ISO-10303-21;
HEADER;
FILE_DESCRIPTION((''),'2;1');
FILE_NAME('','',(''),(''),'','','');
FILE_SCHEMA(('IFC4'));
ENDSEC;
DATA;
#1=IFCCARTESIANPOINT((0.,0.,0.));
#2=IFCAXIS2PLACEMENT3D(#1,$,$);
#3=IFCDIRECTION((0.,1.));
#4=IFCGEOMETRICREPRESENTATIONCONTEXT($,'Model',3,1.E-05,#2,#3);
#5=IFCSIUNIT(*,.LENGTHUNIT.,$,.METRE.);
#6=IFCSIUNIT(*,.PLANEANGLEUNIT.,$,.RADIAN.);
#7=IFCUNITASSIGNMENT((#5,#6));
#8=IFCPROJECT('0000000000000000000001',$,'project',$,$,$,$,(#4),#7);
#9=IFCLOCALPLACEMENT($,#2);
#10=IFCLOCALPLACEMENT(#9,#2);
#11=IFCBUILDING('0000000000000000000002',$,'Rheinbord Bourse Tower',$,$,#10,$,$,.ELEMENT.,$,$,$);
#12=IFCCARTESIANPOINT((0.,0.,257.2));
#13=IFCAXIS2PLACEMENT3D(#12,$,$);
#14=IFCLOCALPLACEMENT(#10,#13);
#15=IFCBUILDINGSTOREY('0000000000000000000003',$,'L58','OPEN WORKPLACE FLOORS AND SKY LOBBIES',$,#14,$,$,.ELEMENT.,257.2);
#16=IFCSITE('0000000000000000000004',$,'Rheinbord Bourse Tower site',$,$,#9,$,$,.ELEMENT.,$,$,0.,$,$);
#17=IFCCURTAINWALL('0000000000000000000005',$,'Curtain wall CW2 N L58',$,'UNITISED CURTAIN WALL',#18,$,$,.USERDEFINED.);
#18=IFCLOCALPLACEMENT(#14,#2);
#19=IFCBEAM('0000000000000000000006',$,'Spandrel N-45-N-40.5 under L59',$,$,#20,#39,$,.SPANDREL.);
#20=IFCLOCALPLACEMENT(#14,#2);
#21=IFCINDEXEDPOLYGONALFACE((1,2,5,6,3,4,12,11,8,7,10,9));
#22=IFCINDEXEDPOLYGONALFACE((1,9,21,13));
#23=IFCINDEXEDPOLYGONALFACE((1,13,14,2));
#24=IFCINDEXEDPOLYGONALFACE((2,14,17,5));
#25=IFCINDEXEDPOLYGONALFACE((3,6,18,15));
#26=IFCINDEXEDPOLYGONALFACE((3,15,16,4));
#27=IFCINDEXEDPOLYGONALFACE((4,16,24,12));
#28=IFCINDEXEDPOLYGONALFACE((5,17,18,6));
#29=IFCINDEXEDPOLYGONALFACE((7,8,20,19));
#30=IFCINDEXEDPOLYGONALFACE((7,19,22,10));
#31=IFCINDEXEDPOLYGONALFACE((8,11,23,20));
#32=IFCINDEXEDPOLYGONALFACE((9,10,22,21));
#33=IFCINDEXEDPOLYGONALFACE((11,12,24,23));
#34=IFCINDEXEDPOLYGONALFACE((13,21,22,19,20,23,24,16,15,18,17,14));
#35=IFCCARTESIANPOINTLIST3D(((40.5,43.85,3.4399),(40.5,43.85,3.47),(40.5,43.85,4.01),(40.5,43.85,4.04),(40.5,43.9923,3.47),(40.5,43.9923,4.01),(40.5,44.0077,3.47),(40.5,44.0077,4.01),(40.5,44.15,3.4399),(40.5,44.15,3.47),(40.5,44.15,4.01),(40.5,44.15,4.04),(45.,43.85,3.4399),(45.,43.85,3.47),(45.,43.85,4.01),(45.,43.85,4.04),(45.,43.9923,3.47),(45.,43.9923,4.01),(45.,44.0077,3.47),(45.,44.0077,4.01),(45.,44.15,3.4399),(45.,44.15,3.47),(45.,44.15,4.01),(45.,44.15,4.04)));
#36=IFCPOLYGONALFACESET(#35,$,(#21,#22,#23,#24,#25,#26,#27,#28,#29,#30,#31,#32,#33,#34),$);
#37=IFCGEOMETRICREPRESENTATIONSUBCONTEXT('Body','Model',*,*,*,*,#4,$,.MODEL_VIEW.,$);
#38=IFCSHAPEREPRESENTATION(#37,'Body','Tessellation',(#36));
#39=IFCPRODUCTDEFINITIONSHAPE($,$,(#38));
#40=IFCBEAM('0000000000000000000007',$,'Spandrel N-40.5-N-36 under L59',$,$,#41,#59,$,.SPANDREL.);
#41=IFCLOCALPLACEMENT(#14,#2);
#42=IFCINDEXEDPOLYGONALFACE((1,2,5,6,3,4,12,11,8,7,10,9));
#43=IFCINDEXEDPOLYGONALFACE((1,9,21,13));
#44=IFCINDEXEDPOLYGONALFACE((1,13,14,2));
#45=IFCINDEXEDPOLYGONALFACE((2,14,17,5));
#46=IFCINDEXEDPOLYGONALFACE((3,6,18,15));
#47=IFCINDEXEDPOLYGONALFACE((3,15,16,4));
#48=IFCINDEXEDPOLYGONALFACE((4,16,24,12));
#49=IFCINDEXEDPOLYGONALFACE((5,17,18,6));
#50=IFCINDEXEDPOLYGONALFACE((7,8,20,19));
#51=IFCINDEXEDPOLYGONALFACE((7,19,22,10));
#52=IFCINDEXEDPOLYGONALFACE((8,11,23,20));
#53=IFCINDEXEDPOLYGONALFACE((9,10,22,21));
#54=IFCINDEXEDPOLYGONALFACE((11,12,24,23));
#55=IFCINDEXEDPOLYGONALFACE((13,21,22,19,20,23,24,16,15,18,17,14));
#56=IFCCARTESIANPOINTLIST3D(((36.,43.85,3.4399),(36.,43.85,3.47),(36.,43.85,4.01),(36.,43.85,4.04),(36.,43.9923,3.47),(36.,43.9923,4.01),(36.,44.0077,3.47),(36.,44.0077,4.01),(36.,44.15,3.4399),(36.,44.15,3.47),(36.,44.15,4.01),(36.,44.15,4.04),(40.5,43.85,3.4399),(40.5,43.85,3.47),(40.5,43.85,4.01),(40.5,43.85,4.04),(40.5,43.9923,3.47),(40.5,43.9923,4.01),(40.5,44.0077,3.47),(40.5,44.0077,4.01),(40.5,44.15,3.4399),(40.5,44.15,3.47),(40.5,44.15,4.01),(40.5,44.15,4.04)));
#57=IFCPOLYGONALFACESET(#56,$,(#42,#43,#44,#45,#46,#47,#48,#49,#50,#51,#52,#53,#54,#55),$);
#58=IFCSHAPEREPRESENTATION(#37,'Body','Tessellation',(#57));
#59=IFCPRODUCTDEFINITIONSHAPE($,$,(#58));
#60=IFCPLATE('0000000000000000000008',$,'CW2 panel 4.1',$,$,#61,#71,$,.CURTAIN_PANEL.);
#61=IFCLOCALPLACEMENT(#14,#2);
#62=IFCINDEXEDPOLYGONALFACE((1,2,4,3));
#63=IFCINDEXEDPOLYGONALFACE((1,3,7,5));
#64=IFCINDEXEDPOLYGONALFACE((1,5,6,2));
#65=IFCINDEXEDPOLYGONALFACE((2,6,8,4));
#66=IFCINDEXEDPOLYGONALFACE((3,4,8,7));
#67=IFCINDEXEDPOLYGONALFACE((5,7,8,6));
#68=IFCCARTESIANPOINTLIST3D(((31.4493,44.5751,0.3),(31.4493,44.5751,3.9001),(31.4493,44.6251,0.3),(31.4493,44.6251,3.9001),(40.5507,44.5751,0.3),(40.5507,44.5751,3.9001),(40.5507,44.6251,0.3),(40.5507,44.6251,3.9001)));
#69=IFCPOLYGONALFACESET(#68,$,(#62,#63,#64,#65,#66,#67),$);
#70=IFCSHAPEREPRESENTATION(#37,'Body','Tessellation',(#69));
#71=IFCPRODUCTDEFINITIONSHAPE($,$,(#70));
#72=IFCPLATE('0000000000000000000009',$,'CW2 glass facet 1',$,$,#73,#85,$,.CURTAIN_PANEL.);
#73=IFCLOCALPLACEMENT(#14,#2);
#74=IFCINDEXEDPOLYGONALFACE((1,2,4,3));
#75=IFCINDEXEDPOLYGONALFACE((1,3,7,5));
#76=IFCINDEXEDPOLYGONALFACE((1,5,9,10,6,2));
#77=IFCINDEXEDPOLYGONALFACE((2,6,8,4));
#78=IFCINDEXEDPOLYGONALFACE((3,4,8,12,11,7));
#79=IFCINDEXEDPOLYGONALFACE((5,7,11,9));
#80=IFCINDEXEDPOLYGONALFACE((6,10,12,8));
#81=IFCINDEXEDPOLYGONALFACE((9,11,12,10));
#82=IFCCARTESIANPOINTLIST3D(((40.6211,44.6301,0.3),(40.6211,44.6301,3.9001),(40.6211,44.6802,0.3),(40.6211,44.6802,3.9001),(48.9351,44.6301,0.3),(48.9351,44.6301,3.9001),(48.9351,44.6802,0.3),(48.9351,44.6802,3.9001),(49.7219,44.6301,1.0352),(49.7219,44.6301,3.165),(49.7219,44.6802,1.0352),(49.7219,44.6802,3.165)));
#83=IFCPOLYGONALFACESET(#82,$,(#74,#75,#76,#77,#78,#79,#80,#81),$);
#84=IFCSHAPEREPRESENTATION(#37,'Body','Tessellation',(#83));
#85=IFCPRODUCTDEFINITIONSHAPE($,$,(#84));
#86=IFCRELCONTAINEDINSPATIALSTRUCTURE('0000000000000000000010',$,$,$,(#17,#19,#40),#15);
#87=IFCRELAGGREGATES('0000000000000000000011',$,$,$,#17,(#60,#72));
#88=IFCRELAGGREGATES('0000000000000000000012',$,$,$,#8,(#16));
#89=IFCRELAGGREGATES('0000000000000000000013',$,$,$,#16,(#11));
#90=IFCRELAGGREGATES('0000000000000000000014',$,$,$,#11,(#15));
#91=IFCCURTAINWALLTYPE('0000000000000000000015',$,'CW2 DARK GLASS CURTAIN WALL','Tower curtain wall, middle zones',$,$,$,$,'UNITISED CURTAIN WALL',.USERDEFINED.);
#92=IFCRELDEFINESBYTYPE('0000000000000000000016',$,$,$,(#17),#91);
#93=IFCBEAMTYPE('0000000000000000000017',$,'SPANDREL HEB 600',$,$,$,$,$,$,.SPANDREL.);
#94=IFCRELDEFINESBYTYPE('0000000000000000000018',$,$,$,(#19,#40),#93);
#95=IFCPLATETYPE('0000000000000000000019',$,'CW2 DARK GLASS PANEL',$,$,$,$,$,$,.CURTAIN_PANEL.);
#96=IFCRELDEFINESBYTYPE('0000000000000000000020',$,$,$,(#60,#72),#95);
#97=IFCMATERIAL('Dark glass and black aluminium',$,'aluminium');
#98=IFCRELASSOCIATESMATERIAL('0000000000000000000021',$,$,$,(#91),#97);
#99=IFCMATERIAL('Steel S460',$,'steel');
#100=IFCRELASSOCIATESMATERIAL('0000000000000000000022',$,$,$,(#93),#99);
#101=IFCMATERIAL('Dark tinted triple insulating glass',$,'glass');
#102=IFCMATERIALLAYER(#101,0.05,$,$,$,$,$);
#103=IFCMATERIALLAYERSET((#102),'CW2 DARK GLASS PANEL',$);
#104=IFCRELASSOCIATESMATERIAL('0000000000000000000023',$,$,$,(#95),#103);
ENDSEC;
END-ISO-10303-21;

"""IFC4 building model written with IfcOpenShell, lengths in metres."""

from ifc_helpers import new_model, si_unit, direction, frame, origin, origin_2d, place, context, subcontext, project, spatial, polyline, rectangle, i_section, outline, extrude, material, layer, layer_set, material_profile, profile_set, type_object, element, aggregate, save


model = new_model("IFC4")

# Units and contexts
model_context = context("Model", 3, precision=1e-05, world=origin(), true_north=direction((0.0, 1.0)))
body_context = subcontext(model_context, "Body", "Model", "MODEL_VIEW")
ifc_project = project(units=[si_unit("LENGTHUNIT", "METRE"), si_unit("PLANEANGLEUNIT", "RADIAN")], contexts=[model_context])

# Site, building, storey
site_placement = place(None, origin())
site = spatial("IfcSite", under=ifc_project, at=site_placement, Name="Rheinbord Bourse Tower site", CompositionType="ELEMENT", RefElevation=0.0)
building_placement = place(site_placement, origin())
building = spatial("IfcBuilding", under=site, at=building_placement, Name="Rheinbord Bourse Tower", CompositionType="ELEMENT")
storey_placement = place(building_placement, frame((0.0, 0.0, 257.2)))
storey = spatial("IfcBuildingStorey", under=building, at=storey_placement, Name="L58", Description="OPEN WORKPLACE FLOORS AND SKY LOBBIES", CompositionType="ELEMENT", Elevation=257.2)

# Curtain wall
ifc_material_1 = material(Name="Dark glass and black aluminium", Category="aluminium")
curtain_wall_type = type_object("IfcCurtainWallType", Name="CW2 DARK GLASS CURTAIN WALL", Description="Tower curtain wall, middle zones", ElementType="UNITISED CURTAIN WALL", PredefinedType="USERDEFINED", material=ifc_material_1)
curtain_wall_placement = place(storey_placement, origin())
curtain_wall = element("IfcCurtainWall", 1, at=curtain_wall_placement, inside=storey, type_object=curtain_wall_type, Name="Curtain wall CW2 N L58", ObjectType="UNITISED CURTAIN WALL", PredefinedType="USERDEFINED")

# Beams
ifc_material_2 = material(Name="Steel S460", Category="steel")
ifc_material_profile_1 = material_profile(ifc_material_2, i_section(OverallWidth=0.3, OverallDepth=0.6001, WebThickness=0.0154, FlangeThickness=0.03, at=origin_2d()), Name="HEB 600")
ifc_profile_set_1 = profile_set([ifc_material_profile_1], Name="Steel S460")
beam_type_1 = type_object("IfcBeamType", Name="SPANDREL HEB 600", PredefinedType="SPANDREL", material=ifc_profile_set_1)
for number, where, z_axis, x_axis, name in (
    (2, (45.0, 44.0, 3.74), (-1.0, 0.0, 0.0), (0.0, -1.0, 0.0), "Spandrel N-45-N-40.5 under L59"),
    (3, (40.5, 44.0, 3.74), (-1.0, 0.0, 0.0), (0.0, -1.0, 0.0), "Spandrel N-40.5-N-36 under L59"),
):
    element("IfcBeam", number, at=place(storey_placement, frame(where, z_axis=z_axis, x_axis=x_axis)), inside=storey, type_object=beam_type_1, Name=name, PredefinedType="SPANDREL", context=body_context, shape_type="SweptSolid", body=[
        extrude(i_section(OverallWidth=0.3, OverallDepth=0.6001, WebThickness=0.0154, FlangeThickness=0.03, at=origin_2d()), origin(), (0.0, 0.0, 1.0), 4.5),
    ])

# Plates
ifc_material_3 = material(Name="Dark tinted triple insulating glass", Category="glass")
ifc_layer_1 = layer(ifc_material_3, 0.05)
ifc_layer_set_1 = layer_set([ifc_layer_1], Name="CW2 DARK GLASS PANEL")
plate_type = type_object("IfcPlateType", Name="CW2 DARK GLASS PANEL", PredefinedType="CURTAIN_PANEL", material=ifc_layer_set_1)
plate_1_placement = place(storey_placement, frame((36.0, 44.6001, 0.3), z_axis=(0.0, 0.0, 1.0), x_axis=(-1.0, 0.0, 0.0)))
plate_1 = element("IfcPlate", 4, at=plate_1_placement, type_object=plate_type, Name="CW2 panel 4.1", PredefinedType="CURTAIN_PANEL", context=body_context, shape_type="SweptSolid", body=[
    extrude(rectangle(XDim=9.1013, YDim=0.05, at=origin_2d()), origin(), (0.0, 0.0, 1.0), 3.6001),
])
plate_2_placement = place(storey_placement, frame((40.6211, 44.6802, 3.9001), z_axis=(0.0, -1.0, 0.0), x_axis=(0.0, 0.0, -1.0)))
plate_2 = element("IfcPlate", 5, at=plate_2_placement, type_object=plate_type, Name="CW2 glass facet 1", PredefinedType="CURTAIN_PANEL", context=body_context, shape_type="SweptSolid", body=[
    extrude(outline(polyline([(0.0, 0.0), (3.6001, 0.0), (3.6001, 8.314), (2.865, 9.1008), (0.7351, 9.1008), (0.0, 8.314), (0.0, 0.0)])), origin(), (0.0, 0.0, 1.0), 0.05),
])
aggregate(curtain_wall, [plate_1, plate_2])

save(model, "model.ifc")
